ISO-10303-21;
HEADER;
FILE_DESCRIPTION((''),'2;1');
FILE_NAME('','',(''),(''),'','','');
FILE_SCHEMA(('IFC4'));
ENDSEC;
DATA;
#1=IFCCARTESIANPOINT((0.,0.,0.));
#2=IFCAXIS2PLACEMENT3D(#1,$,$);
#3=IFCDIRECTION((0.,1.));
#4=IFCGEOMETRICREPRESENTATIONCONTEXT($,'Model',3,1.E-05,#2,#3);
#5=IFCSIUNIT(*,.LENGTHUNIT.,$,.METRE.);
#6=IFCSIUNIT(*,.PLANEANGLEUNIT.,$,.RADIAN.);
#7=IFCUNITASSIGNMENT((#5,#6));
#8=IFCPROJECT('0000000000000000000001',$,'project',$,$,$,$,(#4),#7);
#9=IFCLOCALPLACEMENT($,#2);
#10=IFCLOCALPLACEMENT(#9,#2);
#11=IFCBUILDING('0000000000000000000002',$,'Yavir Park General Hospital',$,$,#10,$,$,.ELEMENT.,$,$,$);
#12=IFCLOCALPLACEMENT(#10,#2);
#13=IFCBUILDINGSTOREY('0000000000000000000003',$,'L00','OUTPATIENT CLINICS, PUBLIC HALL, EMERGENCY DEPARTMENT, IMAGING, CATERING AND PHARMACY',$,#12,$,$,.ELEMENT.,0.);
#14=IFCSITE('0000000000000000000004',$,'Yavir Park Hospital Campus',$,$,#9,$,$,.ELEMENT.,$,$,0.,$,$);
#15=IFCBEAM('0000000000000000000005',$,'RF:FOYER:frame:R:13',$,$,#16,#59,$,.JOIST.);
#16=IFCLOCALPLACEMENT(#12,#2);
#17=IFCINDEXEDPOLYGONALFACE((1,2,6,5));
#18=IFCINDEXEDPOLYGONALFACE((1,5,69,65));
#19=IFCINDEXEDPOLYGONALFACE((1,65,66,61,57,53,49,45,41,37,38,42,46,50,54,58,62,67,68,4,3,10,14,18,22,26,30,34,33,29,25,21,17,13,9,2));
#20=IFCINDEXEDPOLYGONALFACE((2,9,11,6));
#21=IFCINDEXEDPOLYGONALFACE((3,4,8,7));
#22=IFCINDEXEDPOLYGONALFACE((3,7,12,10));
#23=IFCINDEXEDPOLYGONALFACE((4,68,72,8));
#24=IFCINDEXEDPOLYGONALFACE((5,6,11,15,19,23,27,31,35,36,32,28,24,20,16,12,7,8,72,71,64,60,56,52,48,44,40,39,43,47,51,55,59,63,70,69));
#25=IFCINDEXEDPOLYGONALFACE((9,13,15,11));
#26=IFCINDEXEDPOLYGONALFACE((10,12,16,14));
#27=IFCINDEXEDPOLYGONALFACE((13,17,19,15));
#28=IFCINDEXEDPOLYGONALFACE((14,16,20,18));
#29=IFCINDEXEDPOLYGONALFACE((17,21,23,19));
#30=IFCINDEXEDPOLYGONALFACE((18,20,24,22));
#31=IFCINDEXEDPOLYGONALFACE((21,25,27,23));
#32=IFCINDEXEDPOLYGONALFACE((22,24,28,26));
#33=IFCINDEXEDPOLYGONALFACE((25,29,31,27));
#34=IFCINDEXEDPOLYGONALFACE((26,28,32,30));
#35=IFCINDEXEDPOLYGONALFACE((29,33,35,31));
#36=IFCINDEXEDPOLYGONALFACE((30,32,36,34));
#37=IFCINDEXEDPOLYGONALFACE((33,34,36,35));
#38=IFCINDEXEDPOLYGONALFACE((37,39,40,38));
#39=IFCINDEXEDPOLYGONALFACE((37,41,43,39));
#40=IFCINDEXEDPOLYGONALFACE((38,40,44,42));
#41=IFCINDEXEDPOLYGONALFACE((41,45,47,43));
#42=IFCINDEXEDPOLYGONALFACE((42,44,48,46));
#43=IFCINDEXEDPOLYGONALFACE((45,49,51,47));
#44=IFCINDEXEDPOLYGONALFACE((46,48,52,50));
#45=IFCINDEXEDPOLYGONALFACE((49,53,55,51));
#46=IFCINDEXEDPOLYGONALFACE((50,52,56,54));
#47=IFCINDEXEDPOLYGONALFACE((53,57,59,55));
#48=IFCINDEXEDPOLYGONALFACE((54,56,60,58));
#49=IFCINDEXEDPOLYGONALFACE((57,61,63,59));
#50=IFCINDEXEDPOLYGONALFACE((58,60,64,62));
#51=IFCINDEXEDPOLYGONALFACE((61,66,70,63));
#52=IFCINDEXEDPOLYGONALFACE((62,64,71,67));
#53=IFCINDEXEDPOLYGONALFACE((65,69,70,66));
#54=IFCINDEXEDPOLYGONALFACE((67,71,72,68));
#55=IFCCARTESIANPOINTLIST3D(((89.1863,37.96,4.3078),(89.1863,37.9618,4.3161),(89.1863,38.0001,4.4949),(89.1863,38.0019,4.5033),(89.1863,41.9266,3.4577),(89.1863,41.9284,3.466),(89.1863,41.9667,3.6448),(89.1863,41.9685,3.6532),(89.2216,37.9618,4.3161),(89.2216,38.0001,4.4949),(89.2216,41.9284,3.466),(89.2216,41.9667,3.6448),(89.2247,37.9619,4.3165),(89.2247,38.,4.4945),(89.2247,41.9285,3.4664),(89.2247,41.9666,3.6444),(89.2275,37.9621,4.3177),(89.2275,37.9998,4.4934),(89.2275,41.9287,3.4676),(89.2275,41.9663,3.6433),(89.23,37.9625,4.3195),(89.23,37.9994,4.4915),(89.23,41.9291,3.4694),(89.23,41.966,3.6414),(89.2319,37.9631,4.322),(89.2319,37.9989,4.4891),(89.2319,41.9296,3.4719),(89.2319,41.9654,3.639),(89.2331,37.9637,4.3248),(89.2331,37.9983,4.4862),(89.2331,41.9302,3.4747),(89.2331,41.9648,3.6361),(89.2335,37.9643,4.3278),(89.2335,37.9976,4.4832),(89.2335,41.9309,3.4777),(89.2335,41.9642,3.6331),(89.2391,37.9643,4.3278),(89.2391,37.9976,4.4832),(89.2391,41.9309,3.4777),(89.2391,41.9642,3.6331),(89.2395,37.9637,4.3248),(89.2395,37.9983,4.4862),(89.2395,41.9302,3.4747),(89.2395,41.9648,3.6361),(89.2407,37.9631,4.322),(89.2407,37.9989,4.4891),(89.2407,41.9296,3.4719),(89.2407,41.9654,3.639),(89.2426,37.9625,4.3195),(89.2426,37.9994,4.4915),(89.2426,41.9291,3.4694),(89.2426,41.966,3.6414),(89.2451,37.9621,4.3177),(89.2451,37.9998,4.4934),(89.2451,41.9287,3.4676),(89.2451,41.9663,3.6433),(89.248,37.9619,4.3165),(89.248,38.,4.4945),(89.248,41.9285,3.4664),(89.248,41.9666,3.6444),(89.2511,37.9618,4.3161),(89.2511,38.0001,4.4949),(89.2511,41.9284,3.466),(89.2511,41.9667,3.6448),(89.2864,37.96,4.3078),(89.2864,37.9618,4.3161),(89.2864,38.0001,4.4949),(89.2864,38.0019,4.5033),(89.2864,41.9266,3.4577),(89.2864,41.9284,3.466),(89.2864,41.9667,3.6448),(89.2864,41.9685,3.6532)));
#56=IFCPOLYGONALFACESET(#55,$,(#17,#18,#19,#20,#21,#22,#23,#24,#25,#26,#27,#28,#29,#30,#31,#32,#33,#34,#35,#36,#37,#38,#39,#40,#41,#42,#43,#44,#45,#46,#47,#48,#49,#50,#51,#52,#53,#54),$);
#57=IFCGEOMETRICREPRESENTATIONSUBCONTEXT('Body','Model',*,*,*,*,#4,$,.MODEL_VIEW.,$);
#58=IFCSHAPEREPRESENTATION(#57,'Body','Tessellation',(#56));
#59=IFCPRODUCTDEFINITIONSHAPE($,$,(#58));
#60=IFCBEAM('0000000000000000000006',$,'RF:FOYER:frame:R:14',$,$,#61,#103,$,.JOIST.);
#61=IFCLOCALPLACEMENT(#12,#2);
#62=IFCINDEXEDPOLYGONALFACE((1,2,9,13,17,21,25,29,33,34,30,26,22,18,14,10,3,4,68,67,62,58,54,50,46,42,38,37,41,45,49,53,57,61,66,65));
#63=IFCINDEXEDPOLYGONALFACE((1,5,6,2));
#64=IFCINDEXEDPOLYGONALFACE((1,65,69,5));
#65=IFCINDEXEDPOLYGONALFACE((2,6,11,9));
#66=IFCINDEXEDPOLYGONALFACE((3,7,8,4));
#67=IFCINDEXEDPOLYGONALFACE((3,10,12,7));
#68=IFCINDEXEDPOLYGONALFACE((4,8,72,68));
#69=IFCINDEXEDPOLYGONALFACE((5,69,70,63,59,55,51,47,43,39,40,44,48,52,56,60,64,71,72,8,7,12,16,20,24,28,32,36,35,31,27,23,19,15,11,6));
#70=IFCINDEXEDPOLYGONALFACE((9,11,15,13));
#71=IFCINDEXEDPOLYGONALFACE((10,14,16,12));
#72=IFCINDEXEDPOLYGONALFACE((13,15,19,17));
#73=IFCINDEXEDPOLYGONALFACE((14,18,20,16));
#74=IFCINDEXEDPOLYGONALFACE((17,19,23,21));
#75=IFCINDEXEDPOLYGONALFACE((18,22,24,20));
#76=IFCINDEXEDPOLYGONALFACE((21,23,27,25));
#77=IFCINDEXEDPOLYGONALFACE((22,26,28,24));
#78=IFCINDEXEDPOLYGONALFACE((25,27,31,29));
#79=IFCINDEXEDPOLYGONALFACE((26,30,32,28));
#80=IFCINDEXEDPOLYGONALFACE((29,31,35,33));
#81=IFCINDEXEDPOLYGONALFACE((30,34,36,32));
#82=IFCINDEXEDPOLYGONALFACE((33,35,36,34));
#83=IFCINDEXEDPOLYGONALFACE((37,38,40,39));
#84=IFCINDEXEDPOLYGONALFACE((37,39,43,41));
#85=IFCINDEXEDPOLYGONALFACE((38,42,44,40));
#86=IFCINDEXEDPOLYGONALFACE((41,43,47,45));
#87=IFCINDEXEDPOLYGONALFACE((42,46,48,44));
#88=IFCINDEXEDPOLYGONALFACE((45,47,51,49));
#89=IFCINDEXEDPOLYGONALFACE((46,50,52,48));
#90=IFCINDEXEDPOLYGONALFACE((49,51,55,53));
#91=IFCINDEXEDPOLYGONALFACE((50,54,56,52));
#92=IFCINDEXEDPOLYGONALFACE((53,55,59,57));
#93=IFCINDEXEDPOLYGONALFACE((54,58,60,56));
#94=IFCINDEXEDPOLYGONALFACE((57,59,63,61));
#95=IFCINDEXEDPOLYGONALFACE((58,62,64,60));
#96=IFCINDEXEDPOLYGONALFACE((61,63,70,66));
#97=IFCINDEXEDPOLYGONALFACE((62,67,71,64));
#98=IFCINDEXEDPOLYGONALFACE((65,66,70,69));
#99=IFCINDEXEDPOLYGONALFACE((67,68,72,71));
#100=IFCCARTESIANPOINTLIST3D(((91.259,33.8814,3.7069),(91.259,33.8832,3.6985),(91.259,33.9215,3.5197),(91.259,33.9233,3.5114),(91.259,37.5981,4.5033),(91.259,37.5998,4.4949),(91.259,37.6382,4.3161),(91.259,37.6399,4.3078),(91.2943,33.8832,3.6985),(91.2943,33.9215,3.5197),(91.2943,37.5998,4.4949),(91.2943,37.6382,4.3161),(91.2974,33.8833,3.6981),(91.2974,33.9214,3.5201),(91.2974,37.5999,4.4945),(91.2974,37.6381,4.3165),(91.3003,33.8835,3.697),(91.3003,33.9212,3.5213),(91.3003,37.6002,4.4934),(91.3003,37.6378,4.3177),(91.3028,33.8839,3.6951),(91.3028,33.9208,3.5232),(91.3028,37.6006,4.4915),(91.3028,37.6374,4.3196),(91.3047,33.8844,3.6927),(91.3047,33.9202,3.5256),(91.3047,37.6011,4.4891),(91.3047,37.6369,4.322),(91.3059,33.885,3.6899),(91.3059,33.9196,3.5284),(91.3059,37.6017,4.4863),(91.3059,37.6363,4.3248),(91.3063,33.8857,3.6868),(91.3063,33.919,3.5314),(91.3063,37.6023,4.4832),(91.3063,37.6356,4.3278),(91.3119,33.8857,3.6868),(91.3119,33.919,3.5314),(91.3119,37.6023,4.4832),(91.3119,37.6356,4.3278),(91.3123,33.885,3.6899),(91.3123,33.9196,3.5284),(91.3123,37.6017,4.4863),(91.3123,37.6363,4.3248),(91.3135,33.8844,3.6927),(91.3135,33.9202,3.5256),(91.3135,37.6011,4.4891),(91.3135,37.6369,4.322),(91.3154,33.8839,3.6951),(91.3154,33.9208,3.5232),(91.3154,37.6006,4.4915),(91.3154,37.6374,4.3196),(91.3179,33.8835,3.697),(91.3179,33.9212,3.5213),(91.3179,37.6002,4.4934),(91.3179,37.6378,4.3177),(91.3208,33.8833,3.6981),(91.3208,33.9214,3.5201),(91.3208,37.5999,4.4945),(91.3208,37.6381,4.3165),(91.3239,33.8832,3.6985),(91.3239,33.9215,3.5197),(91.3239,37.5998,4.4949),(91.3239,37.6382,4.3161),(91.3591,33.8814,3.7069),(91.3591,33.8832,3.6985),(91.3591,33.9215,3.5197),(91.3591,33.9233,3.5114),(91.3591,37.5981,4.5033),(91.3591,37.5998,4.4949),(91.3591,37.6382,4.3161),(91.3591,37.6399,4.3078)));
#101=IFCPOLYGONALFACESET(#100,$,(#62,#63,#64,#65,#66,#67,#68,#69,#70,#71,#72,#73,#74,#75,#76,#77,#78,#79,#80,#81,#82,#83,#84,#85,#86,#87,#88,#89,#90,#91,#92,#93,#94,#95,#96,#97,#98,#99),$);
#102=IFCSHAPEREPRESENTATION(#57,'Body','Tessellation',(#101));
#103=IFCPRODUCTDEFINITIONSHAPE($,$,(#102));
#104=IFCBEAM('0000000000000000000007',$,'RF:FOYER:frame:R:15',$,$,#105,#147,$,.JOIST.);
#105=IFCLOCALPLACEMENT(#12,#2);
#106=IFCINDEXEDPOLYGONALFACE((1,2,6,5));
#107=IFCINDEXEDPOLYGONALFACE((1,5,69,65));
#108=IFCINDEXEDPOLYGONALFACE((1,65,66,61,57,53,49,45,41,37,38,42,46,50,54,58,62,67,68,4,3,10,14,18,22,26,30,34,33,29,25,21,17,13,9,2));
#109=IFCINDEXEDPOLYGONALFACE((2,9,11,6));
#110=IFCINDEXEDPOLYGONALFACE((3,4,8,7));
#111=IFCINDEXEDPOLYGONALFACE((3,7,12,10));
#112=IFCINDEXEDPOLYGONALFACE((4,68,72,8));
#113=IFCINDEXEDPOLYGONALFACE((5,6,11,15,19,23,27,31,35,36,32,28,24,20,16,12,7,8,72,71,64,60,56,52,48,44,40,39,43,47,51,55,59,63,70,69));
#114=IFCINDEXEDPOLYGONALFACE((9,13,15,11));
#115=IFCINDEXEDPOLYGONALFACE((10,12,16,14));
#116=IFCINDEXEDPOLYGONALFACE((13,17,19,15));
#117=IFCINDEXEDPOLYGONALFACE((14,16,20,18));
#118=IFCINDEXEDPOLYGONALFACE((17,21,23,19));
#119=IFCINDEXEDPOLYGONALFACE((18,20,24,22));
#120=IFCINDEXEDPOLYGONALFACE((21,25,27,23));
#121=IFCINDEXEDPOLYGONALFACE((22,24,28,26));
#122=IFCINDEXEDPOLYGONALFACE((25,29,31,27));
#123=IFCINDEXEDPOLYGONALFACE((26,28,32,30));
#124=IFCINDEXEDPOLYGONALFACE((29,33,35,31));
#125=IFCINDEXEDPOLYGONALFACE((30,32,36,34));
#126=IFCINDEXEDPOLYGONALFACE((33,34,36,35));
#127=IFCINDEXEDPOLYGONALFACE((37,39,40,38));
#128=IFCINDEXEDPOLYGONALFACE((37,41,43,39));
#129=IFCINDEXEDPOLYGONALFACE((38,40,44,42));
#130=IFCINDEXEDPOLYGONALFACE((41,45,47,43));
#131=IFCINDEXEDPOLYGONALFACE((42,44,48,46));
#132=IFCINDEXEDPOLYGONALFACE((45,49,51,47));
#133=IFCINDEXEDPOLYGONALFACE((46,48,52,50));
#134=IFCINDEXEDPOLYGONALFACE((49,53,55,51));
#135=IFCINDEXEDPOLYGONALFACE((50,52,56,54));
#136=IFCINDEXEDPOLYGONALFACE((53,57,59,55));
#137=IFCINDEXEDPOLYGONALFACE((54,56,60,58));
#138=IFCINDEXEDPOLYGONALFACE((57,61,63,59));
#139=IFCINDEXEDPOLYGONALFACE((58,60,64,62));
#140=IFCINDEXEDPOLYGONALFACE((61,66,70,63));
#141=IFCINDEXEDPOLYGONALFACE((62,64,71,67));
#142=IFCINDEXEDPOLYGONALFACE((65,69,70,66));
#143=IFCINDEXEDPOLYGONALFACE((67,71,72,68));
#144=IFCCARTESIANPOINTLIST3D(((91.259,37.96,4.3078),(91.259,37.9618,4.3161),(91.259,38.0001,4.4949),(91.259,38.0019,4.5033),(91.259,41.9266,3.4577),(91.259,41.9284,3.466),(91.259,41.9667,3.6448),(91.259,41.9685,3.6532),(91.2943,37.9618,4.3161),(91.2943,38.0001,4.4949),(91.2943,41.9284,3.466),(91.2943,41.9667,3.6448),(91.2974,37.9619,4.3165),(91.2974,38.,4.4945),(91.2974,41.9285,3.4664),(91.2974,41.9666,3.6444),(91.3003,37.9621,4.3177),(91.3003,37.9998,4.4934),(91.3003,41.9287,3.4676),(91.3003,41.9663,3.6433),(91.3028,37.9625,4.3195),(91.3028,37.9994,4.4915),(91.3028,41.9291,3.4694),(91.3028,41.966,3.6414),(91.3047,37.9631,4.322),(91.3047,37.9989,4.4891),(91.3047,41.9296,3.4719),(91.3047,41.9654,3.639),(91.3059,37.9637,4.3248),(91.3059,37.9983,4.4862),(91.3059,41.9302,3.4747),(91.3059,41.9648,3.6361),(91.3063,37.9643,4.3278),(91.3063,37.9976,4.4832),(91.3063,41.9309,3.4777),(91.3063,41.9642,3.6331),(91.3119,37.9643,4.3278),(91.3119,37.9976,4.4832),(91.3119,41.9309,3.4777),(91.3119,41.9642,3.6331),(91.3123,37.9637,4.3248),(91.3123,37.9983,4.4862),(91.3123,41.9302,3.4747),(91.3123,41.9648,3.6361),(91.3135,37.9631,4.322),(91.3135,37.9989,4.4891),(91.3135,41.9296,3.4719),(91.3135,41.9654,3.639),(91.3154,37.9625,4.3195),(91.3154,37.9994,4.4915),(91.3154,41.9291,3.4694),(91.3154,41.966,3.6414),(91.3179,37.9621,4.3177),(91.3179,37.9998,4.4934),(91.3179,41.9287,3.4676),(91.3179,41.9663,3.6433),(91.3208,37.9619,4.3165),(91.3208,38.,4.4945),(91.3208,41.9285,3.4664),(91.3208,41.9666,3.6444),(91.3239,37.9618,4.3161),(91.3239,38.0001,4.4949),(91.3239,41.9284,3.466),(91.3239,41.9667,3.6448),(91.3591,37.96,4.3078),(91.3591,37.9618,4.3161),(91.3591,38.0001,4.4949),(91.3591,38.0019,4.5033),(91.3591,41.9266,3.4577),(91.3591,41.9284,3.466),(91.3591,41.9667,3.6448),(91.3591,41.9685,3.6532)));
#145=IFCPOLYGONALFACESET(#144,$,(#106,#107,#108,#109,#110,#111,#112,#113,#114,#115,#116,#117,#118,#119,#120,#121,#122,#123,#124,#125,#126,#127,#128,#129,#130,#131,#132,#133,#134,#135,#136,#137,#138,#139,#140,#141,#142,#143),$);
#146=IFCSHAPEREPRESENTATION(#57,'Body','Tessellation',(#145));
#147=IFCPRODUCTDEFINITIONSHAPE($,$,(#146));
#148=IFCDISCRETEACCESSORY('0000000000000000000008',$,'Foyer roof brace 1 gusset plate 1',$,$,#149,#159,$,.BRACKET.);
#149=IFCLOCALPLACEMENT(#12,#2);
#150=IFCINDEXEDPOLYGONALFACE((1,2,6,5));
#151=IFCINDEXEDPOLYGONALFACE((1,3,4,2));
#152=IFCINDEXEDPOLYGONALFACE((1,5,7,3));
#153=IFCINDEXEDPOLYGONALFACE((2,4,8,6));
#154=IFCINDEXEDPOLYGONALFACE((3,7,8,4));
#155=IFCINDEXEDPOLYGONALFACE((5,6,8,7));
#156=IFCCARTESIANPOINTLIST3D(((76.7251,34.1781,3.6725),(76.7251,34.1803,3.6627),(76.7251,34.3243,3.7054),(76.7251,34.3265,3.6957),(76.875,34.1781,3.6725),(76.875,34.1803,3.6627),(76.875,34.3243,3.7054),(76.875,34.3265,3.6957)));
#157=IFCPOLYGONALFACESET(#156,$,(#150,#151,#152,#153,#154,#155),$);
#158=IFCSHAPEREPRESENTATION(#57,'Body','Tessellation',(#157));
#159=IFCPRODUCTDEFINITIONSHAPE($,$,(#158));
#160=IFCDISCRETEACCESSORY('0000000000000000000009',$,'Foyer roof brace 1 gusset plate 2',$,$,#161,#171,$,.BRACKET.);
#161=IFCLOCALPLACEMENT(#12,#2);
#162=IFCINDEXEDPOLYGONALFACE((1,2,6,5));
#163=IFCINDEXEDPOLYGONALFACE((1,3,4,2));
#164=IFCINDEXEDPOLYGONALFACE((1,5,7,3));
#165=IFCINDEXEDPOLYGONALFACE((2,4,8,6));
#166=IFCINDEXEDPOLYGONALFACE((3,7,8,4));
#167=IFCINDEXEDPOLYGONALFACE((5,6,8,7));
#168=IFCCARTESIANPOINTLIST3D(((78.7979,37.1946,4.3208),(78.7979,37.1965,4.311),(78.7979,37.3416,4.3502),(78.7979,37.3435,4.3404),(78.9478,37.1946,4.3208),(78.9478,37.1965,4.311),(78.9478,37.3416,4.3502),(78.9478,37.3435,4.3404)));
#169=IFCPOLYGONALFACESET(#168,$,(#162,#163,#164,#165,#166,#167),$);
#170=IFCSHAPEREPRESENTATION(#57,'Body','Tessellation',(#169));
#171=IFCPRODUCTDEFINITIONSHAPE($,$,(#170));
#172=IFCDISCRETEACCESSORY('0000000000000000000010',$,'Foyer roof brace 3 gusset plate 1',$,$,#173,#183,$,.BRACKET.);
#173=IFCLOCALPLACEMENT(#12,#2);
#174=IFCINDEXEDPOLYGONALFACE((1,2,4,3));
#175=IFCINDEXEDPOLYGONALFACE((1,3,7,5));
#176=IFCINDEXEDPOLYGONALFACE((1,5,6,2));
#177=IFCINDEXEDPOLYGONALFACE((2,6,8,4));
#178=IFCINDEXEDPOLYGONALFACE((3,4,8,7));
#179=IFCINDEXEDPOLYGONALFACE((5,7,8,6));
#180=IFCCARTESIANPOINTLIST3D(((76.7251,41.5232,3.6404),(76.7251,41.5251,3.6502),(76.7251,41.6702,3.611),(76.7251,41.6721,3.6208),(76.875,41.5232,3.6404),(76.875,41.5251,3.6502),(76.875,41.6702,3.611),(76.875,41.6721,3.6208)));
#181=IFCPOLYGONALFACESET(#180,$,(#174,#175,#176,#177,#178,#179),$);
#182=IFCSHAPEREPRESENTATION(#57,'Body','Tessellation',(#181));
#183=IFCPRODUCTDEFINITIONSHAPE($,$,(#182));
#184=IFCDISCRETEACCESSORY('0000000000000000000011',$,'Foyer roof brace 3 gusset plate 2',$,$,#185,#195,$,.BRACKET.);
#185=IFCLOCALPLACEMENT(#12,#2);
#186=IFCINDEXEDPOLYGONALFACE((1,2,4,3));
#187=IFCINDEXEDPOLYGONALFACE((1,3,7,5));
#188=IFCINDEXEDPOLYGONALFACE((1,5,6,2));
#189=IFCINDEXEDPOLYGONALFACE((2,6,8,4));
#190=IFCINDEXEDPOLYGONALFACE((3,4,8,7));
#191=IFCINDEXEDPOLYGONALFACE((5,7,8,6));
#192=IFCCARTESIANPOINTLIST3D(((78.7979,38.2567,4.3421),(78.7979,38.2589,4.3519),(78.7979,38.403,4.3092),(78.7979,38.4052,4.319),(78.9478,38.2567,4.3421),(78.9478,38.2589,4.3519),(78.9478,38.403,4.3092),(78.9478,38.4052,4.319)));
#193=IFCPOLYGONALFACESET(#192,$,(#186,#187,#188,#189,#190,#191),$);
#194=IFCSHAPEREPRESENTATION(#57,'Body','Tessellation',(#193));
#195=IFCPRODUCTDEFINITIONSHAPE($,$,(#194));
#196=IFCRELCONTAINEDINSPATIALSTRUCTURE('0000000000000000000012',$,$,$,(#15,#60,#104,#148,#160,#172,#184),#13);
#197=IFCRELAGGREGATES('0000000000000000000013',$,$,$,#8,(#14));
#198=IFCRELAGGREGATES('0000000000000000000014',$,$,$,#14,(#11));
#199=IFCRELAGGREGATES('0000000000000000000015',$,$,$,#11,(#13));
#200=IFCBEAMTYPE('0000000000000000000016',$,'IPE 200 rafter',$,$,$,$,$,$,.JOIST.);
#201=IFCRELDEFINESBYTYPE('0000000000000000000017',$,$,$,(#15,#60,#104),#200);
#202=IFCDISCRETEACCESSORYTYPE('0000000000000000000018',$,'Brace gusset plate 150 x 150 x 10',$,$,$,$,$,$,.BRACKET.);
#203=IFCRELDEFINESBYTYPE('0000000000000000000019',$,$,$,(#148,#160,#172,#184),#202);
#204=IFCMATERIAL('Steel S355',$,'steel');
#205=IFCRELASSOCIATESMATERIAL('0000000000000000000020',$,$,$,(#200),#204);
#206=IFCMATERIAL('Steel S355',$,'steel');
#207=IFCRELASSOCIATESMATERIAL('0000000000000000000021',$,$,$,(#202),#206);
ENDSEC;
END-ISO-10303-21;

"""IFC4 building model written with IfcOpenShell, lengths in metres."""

from ifc_helpers import new_model, si_unit, direction, frame, origin, origin_2d, place, context, subcontext, project, spatial, rectangle, i_section, extrude, material, material_profile, profile_set, type_object, element, save


model = new_model("IFC4")

# Units and contexts
model_context = context("Model", 3, precision=1e-05, world=origin(), true_north=direction((0.0, 1.0)))
body_context = subcontext(model_context, "Body", "Model", "MODEL_VIEW")
ifc_project = project(units=[si_unit("LENGTHUNIT", "METRE"), si_unit("PLANEANGLEUNIT", "RADIAN")], contexts=[model_context])

# Site, building, storey
site_placement = place(None, origin())
site = spatial("IfcSite", under=ifc_project, at=site_placement, Name="Yavir Park Hospital Campus", CompositionType="ELEMENT", RefElevation=0.0)
building_placement = place(site_placement, origin())
building = spatial("IfcBuilding", under=site, at=building_placement, Name="Yavir Park General Hospital", CompositionType="ELEMENT")
storey_placement = place(building_placement, origin())
storey = spatial("IfcBuildingStorey", under=building, at=storey_placement, Name="L00", Description="OUTPATIENT CLINICS, PUBLIC HALL, EMERGENCY DEPARTMENT, IMAGING, CATERING AND PHARMACY", CompositionType="ELEMENT", Elevation=0.0)

# Beams
ifc_material_1 = material(Name="Steel S355", Category="steel")
ifc_material_profile_1 = material_profile(ifc_material_1, i_section(OverallWidth=0.1001, OverallDepth=0.2, WebThickness=0.0056, FlangeThickness=0.0085, FilletRadius=0.012, at=origin_2d()), Name="IPE200")
ifc_profile_set_1 = profile_set([ifc_material_profile_1], Name="Steel S355")
beam_type_1 = type_object("IfcBeamType", Name="IPE 200 rafter", PredefinedType="JOIST", material=ifc_profile_set_1)
beam_1_placement = place(storey_placement, frame((89.2363, 37.981, 4.4055), z_axis=(0.0, 0.977796, -0.209558), x_axis=(-1.0, 0.0, 0.0)))
element("IfcBeam", 1, at=beam_1_placement, inside=storey, type_object=beam_type_1, Name="RF:FOYER:frame:R:13", PredefinedType="JOIST", context=body_context, shape_type="SweptSolid", body=[
    extrude(i_section(OverallWidth=0.1001, OverallDepth=0.2, WebThickness=0.0056, FlangeThickness=0.0085, FilletRadius=0.012, at=origin_2d()), origin(), (0.0, 0.0, 1.0), 4.0566),
])
beam_2_placement = place(storey_placement, frame((91.3091, 33.9023, 3.6091), z_axis=(0.0, 0.977803, 0.209525), x_axis=(-1.0, 0.0, 0.0)))
element("IfcBeam", 2, at=beam_2_placement, inside=storey, type_object=beam_type_1, Name="RF:FOYER:frame:R:14", PredefinedType="JOIST", context=body_context, shape_type="SweptSolid", body=[
    extrude(i_section(OverallWidth=0.1001, OverallDepth=0.2, WebThickness=0.0056, FlangeThickness=0.0085, FilletRadius=0.012, at=origin_2d()), origin(), (0.0, 0.0, 1.0), 3.801),
])
beam_3_placement = place(storey_placement, frame((91.3091, 37.981, 4.4055), z_axis=(0.0, 0.977796, -0.209558), x_axis=(-1.0, 0.0, 0.0)))
element("IfcBeam", 3, at=beam_3_placement, inside=storey, type_object=beam_type_1, Name="RF:FOYER:frame:R:15", PredefinedType="JOIST", context=body_context, shape_type="SweptSolid", body=[
    extrude(i_section(OverallWidth=0.1001, OverallDepth=0.2, WebThickness=0.0056, FlangeThickness=0.0085, FilletRadius=0.012, at=origin_2d()), origin(), (0.0, 0.0, 1.0), 4.0566),
])

# Discrete accessories
ifc_material_2 = material(Name="Steel S355", Category="steel")
ifc_material_profile_2 = material_profile(ifc_material_2, rectangle(XDim=0.1499, YDim=0.1499, at=origin_2d()), Name="PL150x150")
ifc_profile_set_2 = profile_set([ifc_material_profile_2], Name="Steel S355")
discrete_accessory_type = type_object("IfcDiscreteAccessoryType", Name="Brace gusset plate 150 x 150 x 10", PredefinedType="BRACKET", material=ifc_profile_set_2)
for number, where, z_axis, x_axis, name in (
    (4, (76.8, 34.2534, 3.6792), (0.0, -0.219512, 0.97561), (1.0, 0.0, 0.0), "Foyer roof brace 1 gusset plate 1"),
    (5, (78.8728, 37.27, 4.3257), (0.0, -0.196116, 0.980581), (1.0, 0.0, 0.0), "Foyer roof brace 1 gusset plate 2"),
    (6, (76.8, 41.5967, 3.6257), (0.0, 0.196116, 0.980581), (-1.0, 0.0, 0.0), "Foyer roof brace 3 gusset plate 1"),
    (7, (78.8728, 38.3298, 4.3257), (0.0, 0.219512, 0.97561), (-1.0, 0.0, 0.0), "Foyer roof brace 3 gusset plate 2"),
):
    element("IfcDiscreteAccessory", number, at=place(storey_placement, frame(where, z_axis=z_axis, x_axis=x_axis)), inside=storey, type_object=discrete_accessory_type, Name=name, PredefinedType="BRACKET", context=body_context, shape_type="SweptSolid", body=[
        extrude(rectangle(XDim=0.1499, YDim=0.1499, at=origin_2d()), origin(), (0.0, 0.0, 1.0), 0.01),
    ])

save(model, "model.ifc")
